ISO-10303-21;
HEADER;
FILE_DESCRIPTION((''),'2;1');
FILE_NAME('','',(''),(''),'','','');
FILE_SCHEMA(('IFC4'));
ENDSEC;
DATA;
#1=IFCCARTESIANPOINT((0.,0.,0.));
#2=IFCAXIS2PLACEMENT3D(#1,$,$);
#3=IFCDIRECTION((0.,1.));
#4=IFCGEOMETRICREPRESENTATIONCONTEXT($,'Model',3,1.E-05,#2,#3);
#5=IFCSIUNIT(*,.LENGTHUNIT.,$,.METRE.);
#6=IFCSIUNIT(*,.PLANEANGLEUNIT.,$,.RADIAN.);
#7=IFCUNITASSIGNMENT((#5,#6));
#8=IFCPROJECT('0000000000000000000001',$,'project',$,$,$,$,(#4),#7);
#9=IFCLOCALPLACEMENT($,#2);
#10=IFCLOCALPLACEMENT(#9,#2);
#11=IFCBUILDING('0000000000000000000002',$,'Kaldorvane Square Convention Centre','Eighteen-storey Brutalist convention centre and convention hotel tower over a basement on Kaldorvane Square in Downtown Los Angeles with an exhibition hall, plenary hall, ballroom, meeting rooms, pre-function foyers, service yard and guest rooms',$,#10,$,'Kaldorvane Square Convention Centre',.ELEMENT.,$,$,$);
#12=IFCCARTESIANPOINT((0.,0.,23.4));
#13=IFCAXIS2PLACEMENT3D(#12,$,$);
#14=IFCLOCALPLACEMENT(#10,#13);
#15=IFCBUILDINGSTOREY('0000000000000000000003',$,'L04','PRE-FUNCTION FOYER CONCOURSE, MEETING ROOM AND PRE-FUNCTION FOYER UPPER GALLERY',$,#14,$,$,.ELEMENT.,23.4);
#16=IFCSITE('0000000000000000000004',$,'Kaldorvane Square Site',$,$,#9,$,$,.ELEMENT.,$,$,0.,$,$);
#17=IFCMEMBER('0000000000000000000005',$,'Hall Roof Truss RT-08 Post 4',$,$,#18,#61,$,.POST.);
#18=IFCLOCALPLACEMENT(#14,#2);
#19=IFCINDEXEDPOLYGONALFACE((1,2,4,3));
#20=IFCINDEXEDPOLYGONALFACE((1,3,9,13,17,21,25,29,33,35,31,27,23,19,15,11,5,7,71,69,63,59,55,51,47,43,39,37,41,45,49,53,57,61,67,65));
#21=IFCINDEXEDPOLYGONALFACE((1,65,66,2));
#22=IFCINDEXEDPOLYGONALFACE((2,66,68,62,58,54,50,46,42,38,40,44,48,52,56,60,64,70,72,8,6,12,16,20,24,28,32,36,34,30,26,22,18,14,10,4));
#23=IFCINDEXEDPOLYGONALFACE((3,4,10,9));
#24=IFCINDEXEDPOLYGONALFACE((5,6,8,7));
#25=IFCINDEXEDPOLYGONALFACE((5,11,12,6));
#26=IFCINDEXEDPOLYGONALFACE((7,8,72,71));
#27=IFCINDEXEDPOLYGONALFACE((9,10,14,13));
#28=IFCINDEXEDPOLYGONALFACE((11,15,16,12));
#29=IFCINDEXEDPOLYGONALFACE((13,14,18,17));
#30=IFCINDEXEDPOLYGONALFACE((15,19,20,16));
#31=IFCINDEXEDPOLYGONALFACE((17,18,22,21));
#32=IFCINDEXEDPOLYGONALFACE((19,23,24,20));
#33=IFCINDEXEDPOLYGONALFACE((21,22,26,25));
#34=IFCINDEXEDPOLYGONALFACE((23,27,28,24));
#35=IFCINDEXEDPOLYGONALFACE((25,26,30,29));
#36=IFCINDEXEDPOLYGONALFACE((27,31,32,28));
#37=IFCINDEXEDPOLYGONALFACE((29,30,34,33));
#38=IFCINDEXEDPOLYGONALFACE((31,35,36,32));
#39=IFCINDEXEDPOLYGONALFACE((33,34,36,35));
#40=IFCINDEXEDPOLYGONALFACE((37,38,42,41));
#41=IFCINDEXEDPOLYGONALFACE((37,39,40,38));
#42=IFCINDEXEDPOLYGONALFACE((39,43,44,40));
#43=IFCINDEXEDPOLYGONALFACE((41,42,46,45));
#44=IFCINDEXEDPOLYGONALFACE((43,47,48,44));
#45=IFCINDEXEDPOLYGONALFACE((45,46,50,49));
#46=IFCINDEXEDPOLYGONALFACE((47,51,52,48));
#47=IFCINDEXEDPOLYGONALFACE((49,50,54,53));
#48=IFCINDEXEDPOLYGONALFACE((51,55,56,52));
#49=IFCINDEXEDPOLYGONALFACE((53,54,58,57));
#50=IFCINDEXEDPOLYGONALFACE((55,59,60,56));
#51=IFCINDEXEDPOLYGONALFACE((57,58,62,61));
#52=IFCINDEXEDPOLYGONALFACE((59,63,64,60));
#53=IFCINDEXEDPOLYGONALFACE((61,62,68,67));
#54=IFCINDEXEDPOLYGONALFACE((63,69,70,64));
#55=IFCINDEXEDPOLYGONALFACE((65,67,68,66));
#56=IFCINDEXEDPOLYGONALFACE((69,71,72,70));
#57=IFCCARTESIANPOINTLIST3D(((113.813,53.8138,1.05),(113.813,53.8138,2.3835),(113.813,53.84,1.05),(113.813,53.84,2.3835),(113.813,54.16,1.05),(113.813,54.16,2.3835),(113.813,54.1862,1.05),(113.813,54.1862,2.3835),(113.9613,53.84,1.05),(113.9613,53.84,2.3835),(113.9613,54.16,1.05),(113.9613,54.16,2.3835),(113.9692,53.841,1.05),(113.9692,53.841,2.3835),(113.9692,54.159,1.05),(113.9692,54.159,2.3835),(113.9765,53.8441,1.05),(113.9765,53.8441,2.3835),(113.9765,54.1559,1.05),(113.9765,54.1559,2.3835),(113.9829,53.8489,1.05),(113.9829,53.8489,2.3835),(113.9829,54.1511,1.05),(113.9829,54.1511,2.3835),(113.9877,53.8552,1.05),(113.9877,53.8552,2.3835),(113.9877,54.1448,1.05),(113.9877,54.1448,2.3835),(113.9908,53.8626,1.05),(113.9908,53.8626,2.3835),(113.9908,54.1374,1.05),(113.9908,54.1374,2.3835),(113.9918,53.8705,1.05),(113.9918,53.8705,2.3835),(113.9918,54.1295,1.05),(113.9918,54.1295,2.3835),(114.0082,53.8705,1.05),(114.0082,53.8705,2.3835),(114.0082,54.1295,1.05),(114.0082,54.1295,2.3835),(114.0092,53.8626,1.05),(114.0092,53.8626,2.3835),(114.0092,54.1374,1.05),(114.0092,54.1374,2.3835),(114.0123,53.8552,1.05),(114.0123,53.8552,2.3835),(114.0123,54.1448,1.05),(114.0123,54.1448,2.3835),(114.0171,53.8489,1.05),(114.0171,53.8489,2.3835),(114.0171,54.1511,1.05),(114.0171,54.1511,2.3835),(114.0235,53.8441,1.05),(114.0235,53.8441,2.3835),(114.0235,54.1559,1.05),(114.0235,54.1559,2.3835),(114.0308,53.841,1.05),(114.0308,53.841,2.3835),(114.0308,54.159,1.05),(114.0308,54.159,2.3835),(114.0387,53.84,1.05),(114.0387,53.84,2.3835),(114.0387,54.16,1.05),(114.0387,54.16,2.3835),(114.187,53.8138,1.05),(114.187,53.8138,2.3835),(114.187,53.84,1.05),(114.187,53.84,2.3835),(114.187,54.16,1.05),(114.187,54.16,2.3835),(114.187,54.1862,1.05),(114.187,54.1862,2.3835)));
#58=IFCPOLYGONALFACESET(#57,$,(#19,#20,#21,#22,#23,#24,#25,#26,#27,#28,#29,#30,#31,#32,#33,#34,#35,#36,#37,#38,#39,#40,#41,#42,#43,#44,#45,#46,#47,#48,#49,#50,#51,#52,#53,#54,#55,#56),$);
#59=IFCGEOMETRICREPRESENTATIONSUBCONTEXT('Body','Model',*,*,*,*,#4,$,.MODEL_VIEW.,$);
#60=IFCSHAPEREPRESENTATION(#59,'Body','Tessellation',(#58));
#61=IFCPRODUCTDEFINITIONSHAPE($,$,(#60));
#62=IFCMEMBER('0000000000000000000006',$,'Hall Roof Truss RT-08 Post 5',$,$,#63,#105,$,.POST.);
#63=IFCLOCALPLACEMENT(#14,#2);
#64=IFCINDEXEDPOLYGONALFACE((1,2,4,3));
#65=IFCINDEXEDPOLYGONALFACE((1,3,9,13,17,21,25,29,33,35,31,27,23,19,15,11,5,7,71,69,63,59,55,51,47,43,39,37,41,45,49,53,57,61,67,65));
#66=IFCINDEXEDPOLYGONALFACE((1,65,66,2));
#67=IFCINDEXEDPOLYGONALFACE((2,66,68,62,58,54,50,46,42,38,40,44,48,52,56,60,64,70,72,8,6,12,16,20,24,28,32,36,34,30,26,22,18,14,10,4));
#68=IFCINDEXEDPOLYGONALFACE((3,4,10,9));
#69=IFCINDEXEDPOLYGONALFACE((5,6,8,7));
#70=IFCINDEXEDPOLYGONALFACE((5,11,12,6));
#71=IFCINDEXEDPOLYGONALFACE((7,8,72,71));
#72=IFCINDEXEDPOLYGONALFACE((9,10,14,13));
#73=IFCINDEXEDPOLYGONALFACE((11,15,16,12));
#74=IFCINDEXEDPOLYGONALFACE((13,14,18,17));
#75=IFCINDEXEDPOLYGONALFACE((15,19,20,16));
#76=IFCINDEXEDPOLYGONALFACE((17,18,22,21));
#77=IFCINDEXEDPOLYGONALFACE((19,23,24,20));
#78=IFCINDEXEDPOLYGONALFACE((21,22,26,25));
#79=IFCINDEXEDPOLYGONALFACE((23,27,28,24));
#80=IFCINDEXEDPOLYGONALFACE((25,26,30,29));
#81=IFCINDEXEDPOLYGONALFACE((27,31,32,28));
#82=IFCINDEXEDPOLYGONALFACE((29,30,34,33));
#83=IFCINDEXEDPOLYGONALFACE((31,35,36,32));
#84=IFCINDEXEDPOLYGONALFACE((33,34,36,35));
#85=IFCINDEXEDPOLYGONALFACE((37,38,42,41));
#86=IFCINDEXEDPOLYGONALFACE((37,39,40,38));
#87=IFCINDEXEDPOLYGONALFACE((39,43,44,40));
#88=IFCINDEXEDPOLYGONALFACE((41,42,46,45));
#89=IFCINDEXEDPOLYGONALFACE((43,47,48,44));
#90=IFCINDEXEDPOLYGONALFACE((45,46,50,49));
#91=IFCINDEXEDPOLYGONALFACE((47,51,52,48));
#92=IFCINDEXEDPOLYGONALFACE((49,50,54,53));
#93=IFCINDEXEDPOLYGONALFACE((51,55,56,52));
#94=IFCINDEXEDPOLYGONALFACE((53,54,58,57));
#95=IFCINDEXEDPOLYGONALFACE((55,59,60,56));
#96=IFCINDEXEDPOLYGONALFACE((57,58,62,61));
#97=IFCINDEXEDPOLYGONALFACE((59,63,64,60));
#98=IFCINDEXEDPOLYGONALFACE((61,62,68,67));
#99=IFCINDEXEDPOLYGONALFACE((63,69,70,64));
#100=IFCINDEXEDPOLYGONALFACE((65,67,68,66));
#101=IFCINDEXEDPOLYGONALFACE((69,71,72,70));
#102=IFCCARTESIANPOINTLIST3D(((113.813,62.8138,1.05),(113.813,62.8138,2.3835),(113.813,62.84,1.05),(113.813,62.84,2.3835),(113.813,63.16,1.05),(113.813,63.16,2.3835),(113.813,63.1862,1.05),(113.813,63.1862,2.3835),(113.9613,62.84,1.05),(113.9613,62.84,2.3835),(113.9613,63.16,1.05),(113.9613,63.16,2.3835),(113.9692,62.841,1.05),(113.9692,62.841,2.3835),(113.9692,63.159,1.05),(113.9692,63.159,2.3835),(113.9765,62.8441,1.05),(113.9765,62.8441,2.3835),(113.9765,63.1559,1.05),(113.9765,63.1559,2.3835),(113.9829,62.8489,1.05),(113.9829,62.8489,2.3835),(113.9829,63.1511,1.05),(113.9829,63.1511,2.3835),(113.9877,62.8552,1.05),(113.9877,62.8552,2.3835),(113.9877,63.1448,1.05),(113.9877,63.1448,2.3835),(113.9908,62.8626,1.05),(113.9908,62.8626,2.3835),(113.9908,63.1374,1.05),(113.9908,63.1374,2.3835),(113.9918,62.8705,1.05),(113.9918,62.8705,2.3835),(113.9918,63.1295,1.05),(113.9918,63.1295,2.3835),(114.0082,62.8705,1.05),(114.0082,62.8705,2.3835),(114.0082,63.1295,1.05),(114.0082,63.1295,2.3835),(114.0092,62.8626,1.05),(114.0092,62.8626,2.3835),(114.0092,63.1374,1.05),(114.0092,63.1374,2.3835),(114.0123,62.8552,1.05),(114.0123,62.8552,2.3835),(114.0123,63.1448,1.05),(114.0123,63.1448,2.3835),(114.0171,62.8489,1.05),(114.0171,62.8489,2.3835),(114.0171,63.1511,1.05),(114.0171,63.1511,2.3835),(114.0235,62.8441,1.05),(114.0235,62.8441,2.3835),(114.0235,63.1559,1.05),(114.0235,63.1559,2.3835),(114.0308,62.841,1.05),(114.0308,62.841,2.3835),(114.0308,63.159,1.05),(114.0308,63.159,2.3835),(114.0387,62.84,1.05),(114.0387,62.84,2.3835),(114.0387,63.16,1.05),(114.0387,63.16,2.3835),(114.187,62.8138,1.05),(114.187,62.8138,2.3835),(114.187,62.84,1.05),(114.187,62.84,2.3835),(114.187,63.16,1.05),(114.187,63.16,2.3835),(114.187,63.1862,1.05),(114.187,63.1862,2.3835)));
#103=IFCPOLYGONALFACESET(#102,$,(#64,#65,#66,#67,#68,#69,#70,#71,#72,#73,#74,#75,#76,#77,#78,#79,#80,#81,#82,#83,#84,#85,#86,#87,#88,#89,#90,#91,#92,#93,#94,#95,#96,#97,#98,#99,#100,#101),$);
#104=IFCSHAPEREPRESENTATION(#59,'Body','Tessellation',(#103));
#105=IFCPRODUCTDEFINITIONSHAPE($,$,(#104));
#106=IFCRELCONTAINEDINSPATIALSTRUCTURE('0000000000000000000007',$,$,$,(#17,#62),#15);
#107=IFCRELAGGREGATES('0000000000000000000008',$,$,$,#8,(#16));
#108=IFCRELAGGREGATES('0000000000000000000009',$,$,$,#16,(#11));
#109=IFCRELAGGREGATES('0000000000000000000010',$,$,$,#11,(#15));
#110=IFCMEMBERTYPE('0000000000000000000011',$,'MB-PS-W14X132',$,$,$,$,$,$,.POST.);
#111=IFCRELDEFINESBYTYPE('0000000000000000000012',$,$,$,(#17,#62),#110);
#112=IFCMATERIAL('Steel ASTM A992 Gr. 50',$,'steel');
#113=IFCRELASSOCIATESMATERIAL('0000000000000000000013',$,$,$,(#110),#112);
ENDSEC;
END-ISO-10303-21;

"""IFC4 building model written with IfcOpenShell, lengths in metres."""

from ifc_helpers import new_model, si_unit, direction, frame, origin, origin_2d, place, context, subcontext, project, spatial, i_section, extrude, material, material_profile, profile_set, type_object, element, save


model = new_model("IFC4")

# Units and contexts
model_context = context("Model", 3, precision=1e-05, world=origin(), true_north=direction((0.0, 1.0)))
body_context = subcontext(model_context, "Body", "Model", "MODEL_VIEW")
ifc_project = project(units=[si_unit("LENGTHUNIT", "METRE"), si_unit("PLANEANGLEUNIT", "RADIAN")], contexts=[model_context])

# Site, building, storey
site_placement = place(None, origin())
site = spatial("IfcSite", under=ifc_project, at=site_placement, Name="Kaldorvane Square Site", CompositionType="ELEMENT", RefElevation=0.0)
building_placement = place(site_placement, origin())
building = spatial("IfcBuilding", under=site, at=building_placement, Name="Kaldorvane Square Convention Centre", Description="Eighteen-storey Brutalist convention centre and convention hotel tower over a basement on Kaldorvane Square in Downtown Los Angeles with an exhibition hall, plenary hall, ballroom, meeting rooms, pre-function foyers, service yard and guest rooms", LongName="Kaldorvane Square Convention Centre", CompositionType="ELEMENT")
storey_placement = place(building_placement, frame((0.0, 0.0, 23.4)))
storey = spatial("IfcBuildingStorey", under=building, at=storey_placement, Name="L04", Description="PRE-FUNCTION FOYER CONCOURSE, MEETING ROOM AND PRE-FUNCTION FOYER UPPER GALLERY", CompositionType="ELEMENT", Elevation=23.4)

# Shared definitions
ifc_material_1 = material(Name="Steel ASTM A992 Gr. 50", Category="steel")

# Members
ifc_material_profile_1 = material_profile(ifc_material_1, i_section(OverallWidth=0.374, OverallDepth=0.3724, WebThickness=0.0164, FlangeThickness=0.0262, FilletRadius=0.0305, at=origin_2d()), Name="W14X132")
ifc_profile_set_1 = profile_set([ifc_material_profile_1], Name="Steel ASTM A992 Gr. 50")
member_type_1 = type_object("IfcMemberType", Name="MB-PS-W14X132", PredefinedType="POST", material=ifc_profile_set_1)
for number, where, z_axis, x_axis, name in (
    (1, (114.0, 54.0, 1.05), (0.0, 0.0, 1.0), (1.0, 0.0, 0.0), "Hall Roof Truss RT-08 Post 4"),
    (2, (114.0, 63.0, 1.05), (0.0, 0.0, 1.0), (1.0, 0.0, 0.0), "Hall Roof Truss RT-08 Post 5"),
):
    element("IfcMember", number, at=place(storey_placement, frame(where, z_axis=z_axis, x_axis=x_axis)), inside=storey, type_object=member_type_1, Name=name, PredefinedType="POST", context=body_context, shape_type="SweptSolid", body=[
        extrude(i_section(OverallWidth=0.374, OverallDepth=0.3724, WebThickness=0.0164, FlangeThickness=0.0262, FilletRadius=0.0305, at=origin_2d()), origin(), (0.0, 0.0, 1.0), 1.3335),
    ])

save(model, "model.ifc")
